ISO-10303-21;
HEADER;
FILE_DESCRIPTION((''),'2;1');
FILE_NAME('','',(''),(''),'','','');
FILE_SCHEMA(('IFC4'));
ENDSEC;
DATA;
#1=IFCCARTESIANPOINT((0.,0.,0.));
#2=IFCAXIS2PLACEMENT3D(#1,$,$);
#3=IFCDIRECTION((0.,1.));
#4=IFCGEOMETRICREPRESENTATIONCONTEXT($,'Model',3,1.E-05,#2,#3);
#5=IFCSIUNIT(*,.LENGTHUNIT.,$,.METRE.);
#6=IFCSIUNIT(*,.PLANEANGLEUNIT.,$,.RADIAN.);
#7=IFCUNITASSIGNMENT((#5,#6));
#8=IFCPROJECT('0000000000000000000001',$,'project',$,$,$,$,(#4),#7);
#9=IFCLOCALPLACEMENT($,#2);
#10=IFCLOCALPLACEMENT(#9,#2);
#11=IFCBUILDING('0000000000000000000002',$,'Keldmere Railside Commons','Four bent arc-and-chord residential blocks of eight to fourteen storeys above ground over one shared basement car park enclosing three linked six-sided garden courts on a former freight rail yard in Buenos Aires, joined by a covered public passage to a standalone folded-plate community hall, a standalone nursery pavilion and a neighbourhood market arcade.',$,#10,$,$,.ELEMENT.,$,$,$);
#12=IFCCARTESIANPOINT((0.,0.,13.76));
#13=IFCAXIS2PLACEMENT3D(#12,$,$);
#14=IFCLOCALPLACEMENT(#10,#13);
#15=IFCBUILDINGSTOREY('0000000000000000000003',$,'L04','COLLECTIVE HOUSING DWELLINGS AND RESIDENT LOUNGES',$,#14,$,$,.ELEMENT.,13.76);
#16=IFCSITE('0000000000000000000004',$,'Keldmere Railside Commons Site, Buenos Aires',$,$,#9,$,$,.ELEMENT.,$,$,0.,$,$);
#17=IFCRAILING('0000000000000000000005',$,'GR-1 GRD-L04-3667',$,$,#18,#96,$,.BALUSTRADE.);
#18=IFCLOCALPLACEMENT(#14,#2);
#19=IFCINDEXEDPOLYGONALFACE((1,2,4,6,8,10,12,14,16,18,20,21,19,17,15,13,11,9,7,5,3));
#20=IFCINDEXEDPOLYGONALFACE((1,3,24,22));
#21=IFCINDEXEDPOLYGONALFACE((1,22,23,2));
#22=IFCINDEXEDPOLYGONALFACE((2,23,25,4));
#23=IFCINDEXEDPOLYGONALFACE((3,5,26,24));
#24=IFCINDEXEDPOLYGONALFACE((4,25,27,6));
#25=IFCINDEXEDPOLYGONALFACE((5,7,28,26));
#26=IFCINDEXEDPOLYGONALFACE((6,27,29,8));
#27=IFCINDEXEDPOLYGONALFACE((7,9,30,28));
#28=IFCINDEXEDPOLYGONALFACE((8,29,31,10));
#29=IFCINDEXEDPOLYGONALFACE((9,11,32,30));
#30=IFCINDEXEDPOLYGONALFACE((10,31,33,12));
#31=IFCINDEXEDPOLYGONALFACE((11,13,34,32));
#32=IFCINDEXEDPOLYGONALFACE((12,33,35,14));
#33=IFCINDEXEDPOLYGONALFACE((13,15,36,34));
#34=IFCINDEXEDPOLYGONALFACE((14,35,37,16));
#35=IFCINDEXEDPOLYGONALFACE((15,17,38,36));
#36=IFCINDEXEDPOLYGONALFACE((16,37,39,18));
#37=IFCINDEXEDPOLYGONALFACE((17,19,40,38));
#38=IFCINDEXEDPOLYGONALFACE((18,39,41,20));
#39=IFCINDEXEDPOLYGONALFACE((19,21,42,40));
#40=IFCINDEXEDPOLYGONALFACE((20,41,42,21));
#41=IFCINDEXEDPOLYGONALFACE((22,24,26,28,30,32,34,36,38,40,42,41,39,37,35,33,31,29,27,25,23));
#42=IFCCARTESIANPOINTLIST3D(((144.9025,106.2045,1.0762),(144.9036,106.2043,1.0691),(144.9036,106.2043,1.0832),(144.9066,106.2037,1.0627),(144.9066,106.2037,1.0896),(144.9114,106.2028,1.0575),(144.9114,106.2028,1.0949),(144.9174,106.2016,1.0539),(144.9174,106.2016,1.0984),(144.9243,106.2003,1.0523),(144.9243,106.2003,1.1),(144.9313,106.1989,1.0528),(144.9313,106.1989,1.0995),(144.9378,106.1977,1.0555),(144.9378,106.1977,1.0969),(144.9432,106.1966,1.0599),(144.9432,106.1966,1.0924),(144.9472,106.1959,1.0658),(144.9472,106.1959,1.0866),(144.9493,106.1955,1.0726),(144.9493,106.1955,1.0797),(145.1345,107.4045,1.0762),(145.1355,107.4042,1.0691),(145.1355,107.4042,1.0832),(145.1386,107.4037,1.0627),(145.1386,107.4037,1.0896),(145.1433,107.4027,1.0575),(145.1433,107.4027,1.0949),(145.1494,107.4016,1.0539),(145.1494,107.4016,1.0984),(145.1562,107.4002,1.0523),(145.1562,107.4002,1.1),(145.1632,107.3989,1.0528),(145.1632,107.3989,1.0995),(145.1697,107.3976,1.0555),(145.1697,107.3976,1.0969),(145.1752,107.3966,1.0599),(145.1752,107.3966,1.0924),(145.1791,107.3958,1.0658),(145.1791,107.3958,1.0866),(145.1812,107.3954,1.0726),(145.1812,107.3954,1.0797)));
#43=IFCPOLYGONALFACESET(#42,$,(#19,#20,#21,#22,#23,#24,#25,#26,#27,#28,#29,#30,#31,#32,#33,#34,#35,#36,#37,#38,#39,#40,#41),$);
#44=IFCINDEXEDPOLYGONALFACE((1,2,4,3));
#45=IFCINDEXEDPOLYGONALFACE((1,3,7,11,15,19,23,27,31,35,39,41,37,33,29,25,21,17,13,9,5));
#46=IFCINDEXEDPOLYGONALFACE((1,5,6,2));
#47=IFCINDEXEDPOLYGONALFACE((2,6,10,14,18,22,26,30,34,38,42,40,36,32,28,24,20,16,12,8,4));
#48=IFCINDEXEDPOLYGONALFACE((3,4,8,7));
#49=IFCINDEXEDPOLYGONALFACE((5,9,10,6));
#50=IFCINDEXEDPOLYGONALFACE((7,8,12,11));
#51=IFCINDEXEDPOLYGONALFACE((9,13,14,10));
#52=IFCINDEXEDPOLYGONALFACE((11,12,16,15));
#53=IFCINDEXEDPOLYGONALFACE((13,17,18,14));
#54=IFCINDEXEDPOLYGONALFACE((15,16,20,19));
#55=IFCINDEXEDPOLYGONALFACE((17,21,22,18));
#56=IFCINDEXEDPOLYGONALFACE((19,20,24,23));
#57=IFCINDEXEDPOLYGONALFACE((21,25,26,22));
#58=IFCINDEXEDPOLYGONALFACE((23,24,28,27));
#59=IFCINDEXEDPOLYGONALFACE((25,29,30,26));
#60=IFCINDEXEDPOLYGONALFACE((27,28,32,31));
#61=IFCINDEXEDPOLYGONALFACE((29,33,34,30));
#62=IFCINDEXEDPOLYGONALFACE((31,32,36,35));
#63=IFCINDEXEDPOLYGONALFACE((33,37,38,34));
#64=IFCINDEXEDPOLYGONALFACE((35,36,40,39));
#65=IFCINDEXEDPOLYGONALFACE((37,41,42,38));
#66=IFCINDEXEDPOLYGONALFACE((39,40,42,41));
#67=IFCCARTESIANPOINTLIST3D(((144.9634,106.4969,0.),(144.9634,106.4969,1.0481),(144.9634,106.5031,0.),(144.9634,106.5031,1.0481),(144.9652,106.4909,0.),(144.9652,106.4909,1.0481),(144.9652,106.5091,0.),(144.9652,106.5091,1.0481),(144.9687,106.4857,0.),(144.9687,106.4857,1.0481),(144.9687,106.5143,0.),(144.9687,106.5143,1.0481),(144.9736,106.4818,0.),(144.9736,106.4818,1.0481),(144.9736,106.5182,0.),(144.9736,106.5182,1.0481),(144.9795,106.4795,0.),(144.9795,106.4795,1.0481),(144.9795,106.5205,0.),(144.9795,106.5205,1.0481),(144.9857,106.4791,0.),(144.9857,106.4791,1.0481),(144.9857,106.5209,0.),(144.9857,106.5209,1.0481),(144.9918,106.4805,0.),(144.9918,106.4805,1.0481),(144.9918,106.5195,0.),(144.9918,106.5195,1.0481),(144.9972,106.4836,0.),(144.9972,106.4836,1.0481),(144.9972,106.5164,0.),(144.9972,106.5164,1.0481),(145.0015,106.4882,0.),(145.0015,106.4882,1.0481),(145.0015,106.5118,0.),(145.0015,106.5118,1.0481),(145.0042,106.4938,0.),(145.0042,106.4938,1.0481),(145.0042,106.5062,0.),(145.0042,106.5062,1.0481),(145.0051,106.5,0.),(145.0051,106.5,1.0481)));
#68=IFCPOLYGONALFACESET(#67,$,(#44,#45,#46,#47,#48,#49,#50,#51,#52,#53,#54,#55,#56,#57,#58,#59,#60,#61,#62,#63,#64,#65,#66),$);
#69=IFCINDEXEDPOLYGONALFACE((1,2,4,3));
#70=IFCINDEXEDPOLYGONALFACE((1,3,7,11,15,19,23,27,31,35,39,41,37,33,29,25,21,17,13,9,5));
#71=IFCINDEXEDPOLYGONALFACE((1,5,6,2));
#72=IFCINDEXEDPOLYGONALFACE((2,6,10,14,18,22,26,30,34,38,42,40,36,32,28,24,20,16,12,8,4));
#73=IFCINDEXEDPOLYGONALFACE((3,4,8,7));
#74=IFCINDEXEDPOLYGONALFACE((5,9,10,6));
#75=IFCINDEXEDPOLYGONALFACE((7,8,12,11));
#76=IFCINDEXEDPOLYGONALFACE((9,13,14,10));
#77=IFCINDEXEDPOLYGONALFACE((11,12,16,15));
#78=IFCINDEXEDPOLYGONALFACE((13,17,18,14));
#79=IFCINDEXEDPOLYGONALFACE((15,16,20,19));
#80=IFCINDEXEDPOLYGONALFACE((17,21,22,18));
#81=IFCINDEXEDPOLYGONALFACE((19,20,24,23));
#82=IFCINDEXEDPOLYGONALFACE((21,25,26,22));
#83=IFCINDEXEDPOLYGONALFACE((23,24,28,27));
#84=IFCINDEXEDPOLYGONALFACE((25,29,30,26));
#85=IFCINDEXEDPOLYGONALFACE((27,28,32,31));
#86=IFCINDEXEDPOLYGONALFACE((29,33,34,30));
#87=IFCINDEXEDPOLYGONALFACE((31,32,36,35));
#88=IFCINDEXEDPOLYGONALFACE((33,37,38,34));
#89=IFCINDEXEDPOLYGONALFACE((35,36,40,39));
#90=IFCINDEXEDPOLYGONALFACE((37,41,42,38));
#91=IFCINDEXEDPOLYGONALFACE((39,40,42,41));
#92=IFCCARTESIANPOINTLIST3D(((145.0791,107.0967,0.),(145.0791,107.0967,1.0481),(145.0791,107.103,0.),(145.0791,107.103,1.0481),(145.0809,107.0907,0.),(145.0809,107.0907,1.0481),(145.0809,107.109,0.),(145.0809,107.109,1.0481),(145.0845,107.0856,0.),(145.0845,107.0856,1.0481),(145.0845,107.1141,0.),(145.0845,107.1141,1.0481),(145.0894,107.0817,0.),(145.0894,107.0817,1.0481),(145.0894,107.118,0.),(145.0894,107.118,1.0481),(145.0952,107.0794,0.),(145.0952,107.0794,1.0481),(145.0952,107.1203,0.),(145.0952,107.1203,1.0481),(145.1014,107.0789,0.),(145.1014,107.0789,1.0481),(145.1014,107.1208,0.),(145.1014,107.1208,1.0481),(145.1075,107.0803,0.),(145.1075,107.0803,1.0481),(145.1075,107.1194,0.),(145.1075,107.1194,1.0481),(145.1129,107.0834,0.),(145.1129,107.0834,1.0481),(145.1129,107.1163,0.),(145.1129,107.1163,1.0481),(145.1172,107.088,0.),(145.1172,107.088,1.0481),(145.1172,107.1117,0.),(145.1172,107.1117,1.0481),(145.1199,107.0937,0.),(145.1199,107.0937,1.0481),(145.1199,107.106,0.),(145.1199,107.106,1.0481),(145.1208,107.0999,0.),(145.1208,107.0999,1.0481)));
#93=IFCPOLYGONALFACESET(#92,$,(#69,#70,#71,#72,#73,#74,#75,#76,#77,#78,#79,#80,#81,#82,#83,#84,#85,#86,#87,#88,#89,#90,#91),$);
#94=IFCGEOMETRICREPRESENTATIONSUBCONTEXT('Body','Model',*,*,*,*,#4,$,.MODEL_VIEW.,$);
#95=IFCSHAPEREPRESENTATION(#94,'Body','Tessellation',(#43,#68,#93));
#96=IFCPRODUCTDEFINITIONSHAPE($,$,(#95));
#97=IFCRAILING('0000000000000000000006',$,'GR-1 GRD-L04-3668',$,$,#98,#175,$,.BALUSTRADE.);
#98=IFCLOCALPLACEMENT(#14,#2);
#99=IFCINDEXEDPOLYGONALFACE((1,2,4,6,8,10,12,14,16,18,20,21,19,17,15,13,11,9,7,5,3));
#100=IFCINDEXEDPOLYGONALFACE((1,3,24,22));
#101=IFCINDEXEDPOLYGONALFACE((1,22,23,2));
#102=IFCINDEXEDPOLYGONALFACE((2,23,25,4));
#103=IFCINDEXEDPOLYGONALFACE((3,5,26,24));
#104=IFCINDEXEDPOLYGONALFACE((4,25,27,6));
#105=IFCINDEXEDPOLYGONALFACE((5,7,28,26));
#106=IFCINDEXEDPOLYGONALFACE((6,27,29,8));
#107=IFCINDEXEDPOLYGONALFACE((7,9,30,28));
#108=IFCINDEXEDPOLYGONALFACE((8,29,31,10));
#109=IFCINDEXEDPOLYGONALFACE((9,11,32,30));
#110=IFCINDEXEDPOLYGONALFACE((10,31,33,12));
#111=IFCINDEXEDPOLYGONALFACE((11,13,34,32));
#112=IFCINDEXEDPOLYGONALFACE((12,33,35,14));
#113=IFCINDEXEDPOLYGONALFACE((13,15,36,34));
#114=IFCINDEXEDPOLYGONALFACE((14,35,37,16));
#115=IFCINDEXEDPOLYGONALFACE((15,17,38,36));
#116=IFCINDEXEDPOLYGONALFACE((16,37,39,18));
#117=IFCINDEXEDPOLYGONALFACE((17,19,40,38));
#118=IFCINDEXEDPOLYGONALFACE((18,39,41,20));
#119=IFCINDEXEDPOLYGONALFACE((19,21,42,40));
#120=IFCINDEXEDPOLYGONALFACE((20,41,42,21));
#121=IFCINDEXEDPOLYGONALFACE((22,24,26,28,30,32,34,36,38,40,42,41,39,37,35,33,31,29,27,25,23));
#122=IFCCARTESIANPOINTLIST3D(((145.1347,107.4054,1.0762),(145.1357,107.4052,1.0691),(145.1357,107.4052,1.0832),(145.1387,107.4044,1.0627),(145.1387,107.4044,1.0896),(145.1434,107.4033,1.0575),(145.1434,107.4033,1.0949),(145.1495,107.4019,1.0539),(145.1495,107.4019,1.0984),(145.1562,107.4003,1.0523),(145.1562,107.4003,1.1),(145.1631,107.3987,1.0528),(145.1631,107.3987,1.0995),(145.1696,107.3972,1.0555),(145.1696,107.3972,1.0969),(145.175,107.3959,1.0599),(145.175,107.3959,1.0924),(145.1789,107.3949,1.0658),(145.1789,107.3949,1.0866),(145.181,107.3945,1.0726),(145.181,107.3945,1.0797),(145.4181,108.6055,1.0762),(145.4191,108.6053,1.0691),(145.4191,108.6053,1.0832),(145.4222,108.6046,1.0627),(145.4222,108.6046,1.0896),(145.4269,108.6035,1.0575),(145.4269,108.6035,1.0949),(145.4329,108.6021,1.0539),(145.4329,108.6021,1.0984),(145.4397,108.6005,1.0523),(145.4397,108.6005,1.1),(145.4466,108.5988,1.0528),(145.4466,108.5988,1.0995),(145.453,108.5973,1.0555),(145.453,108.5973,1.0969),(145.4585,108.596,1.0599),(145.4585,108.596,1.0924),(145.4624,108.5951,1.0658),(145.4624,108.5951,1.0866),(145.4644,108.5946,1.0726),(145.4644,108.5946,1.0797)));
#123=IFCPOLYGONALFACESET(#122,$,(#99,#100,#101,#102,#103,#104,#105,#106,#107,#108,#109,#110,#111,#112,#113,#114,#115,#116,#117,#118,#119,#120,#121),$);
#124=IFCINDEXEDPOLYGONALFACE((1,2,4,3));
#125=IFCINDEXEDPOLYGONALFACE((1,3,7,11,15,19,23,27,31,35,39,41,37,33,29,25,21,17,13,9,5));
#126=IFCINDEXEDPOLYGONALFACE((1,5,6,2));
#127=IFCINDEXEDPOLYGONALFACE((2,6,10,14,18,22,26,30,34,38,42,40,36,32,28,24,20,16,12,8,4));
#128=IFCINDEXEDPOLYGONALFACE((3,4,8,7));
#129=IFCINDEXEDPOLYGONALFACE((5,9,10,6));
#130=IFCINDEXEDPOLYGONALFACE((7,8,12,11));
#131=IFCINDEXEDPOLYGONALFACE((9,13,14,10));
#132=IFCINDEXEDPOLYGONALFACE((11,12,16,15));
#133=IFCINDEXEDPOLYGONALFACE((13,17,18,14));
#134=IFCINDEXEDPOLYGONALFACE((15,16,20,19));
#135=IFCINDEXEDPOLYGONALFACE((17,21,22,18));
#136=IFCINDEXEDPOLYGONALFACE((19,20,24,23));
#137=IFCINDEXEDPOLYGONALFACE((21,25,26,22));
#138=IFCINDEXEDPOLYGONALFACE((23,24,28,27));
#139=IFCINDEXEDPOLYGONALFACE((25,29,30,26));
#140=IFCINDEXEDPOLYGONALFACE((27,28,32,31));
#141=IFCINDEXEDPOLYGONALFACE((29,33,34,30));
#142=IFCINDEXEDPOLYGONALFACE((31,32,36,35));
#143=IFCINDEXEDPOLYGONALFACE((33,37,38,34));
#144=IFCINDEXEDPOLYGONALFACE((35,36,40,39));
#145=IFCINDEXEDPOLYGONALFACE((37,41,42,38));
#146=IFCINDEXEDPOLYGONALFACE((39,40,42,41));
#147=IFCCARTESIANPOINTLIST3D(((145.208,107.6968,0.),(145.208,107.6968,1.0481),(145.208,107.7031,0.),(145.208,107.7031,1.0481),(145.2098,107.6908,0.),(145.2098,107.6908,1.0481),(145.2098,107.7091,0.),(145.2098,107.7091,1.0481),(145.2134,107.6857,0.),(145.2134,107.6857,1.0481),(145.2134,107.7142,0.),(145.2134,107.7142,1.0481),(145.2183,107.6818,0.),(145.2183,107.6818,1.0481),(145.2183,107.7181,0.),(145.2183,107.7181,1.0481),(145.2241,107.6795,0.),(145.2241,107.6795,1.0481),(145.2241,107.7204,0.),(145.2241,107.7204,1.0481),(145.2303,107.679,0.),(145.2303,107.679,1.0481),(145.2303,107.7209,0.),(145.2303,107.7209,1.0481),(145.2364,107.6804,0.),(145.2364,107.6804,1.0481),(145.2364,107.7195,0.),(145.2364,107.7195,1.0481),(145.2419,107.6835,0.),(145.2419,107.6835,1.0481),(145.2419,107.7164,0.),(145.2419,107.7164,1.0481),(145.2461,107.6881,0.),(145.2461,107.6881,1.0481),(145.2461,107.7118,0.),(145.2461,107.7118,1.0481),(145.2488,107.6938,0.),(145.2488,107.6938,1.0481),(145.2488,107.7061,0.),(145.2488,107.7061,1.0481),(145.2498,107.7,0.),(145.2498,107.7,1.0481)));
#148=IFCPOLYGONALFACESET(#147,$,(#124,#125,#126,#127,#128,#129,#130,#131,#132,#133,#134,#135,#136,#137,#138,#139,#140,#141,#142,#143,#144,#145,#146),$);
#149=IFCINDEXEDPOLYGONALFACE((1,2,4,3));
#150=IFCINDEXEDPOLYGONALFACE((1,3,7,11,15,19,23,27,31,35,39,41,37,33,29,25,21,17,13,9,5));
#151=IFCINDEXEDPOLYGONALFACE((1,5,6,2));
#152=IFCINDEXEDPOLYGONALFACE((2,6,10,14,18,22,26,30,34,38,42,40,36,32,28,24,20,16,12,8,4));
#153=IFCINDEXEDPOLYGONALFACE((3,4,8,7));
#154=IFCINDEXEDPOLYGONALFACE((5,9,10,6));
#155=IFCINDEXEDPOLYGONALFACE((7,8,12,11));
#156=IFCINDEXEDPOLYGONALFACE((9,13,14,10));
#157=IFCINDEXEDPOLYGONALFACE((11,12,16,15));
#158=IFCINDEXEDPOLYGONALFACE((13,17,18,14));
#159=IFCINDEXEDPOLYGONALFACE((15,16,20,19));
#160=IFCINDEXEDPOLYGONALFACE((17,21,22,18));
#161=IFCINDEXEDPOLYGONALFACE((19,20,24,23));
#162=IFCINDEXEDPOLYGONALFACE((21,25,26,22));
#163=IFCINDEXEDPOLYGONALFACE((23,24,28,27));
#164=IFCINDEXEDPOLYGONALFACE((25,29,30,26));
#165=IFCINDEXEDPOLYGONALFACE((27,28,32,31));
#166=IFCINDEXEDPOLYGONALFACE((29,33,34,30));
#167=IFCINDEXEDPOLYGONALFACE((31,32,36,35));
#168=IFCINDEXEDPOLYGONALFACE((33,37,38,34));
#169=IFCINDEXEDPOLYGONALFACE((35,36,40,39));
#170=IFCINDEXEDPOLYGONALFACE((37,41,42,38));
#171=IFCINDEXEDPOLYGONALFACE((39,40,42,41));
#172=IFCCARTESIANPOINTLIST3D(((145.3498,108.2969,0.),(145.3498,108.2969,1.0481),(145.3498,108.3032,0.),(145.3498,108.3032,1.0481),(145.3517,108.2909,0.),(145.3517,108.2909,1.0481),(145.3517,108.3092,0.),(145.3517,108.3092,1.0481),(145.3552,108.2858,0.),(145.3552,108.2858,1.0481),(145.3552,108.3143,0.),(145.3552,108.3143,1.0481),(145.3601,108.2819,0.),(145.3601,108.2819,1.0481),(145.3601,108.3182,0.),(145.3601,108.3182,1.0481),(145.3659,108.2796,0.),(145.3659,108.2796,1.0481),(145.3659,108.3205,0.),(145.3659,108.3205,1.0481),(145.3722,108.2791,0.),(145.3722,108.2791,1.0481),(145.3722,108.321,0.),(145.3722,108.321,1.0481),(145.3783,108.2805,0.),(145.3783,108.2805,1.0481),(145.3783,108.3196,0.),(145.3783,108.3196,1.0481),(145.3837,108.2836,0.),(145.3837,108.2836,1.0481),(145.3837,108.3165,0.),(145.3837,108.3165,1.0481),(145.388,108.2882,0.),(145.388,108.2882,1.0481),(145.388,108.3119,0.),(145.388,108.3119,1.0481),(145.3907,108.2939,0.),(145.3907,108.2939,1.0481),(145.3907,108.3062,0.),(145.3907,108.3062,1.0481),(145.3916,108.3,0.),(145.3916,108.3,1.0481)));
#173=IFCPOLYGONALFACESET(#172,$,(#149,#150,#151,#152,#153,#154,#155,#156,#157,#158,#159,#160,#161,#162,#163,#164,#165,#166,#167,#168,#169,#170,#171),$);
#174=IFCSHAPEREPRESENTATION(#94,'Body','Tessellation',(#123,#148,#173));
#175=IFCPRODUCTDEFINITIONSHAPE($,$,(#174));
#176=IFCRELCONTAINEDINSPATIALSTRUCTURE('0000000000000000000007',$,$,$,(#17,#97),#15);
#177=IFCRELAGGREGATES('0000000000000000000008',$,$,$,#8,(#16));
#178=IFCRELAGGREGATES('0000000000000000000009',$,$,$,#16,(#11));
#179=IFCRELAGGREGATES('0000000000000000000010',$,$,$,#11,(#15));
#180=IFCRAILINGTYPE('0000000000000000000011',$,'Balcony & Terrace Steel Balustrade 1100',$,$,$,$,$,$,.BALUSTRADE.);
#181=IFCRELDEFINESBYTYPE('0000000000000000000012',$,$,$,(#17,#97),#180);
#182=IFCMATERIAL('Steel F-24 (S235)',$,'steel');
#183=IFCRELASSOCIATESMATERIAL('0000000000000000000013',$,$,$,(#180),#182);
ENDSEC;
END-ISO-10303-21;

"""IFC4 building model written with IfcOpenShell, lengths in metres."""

from ifc_helpers import new_model, si_unit, direction, frame, origin, origin_2d, place, context, subcontext, project, spatial, circle, extrude, material, type_object, element, save


model = new_model("IFC4")

# Units and contexts
model_context = context("Model", 3, precision=1e-05, world=origin(), true_north=direction((0.0, 1.0)))
body_context = subcontext(model_context, "Body", "Model", "MODEL_VIEW")
ifc_project = project(units=[si_unit("LENGTHUNIT", "METRE"), si_unit("PLANEANGLEUNIT", "RADIAN")], contexts=[model_context])

# Site, building, storey
site_placement = place(None, origin())
site = spatial("IfcSite", under=ifc_project, at=site_placement, Name="Keldmere Railside Commons Site, Buenos Aires", CompositionType="ELEMENT", RefElevation=0.0)
building_placement = place(site_placement, origin())
building = spatial("IfcBuilding", under=site, at=building_placement, Name="Keldmere Railside Commons", Description="Four bent arc-and-chord residential blocks of eight to fourteen storeys above ground over one shared basement car park enclosing three linked six-sided garden courts on a former freight rail yard in Buenos Aires, joined by a covered public passage to a standalone folded-plate community hall, a standalone nursery pavilion and a neighbourhood market arcade.", CompositionType="ELEMENT")
storey_placement = place(building_placement, frame((0.0, 0.0, 13.76)))
storey = spatial("IfcBuildingStorey", under=building, at=storey_placement, Name="L04", Description="COLLECTIVE HOUSING DWELLINGS AND RESIDENT LOUNGES", CompositionType="ELEMENT", Elevation=13.76)

# Shared definitions
ifc_material_1 = material(Name="Steel F-24 (S235)", Category="steel")

# Railings
railing_type = type_object("IfcRailingType", Name="Balcony & Terrace Steel Balustrade 1100", PredefinedType="BALUSTRADE", material=ifc_material_1)
railing_1_placement = place(storey_placement, frame((144.926, 106.2, 0.0)))
element("IfcRailing", 1, at=railing_1_placement, inside=storey, type_object=railing_type, Name="GR-1 GRD-L04-3667", PredefinedType="BALUSTRADE", context=body_context, shape_type="SweptSolid", body=[
    extrude(circle(Radius=0.0239, at=origin_2d()), frame((0.0, 0.0, 1.0762), z_axis=(0.189773, 0.981828, 0.0), x_axis=(-0.981828, 0.189773, 0.0)), (0.0, 0.0, 1.0), 1.2222),
    extrude(circle(Radius=0.021, at=origin_2d()), frame((0.0581, 0.3, 0.0)), (0.0, 0.0, 1.0), 1.0481),
    extrude(circle(Radius=0.021, at=origin_2d()), frame((0.1738, 0.8999, 0.0)), (0.0, 0.0, 1.0), 1.0481),
])
railing_2_placement = place(storey_placement, frame((145.158, 107.3999, 0.0)))
element("IfcRailing", 2, at=railing_2_placement, inside=storey, type_object=railing_type, Name="GR-1 GRD-L04-3668", PredefinedType="BALUSTRADE", context=body_context, shape_type="SweptSolid", body=[
    extrude(circle(Radius=0.0239, at=origin_2d()), frame((0.0, 0.0, 1.0762), z_axis=(0.229845, 0.973227, 0.0), x_axis=(-0.973227, 0.229845, 0.0)), (0.0, 0.0, 1.0), 1.2332),
    extrude(circle(Radius=0.021, at=origin_2d()), frame((0.0708, 0.3, 0.0)), (0.0, 0.0, 1.0), 1.0481),
    extrude(circle(Radius=0.021, at=origin_2d()), frame((0.2126, 0.9001, 0.0)), (0.0, 0.0, 1.0), 1.0481),
])

save(model, "model.ifc")
